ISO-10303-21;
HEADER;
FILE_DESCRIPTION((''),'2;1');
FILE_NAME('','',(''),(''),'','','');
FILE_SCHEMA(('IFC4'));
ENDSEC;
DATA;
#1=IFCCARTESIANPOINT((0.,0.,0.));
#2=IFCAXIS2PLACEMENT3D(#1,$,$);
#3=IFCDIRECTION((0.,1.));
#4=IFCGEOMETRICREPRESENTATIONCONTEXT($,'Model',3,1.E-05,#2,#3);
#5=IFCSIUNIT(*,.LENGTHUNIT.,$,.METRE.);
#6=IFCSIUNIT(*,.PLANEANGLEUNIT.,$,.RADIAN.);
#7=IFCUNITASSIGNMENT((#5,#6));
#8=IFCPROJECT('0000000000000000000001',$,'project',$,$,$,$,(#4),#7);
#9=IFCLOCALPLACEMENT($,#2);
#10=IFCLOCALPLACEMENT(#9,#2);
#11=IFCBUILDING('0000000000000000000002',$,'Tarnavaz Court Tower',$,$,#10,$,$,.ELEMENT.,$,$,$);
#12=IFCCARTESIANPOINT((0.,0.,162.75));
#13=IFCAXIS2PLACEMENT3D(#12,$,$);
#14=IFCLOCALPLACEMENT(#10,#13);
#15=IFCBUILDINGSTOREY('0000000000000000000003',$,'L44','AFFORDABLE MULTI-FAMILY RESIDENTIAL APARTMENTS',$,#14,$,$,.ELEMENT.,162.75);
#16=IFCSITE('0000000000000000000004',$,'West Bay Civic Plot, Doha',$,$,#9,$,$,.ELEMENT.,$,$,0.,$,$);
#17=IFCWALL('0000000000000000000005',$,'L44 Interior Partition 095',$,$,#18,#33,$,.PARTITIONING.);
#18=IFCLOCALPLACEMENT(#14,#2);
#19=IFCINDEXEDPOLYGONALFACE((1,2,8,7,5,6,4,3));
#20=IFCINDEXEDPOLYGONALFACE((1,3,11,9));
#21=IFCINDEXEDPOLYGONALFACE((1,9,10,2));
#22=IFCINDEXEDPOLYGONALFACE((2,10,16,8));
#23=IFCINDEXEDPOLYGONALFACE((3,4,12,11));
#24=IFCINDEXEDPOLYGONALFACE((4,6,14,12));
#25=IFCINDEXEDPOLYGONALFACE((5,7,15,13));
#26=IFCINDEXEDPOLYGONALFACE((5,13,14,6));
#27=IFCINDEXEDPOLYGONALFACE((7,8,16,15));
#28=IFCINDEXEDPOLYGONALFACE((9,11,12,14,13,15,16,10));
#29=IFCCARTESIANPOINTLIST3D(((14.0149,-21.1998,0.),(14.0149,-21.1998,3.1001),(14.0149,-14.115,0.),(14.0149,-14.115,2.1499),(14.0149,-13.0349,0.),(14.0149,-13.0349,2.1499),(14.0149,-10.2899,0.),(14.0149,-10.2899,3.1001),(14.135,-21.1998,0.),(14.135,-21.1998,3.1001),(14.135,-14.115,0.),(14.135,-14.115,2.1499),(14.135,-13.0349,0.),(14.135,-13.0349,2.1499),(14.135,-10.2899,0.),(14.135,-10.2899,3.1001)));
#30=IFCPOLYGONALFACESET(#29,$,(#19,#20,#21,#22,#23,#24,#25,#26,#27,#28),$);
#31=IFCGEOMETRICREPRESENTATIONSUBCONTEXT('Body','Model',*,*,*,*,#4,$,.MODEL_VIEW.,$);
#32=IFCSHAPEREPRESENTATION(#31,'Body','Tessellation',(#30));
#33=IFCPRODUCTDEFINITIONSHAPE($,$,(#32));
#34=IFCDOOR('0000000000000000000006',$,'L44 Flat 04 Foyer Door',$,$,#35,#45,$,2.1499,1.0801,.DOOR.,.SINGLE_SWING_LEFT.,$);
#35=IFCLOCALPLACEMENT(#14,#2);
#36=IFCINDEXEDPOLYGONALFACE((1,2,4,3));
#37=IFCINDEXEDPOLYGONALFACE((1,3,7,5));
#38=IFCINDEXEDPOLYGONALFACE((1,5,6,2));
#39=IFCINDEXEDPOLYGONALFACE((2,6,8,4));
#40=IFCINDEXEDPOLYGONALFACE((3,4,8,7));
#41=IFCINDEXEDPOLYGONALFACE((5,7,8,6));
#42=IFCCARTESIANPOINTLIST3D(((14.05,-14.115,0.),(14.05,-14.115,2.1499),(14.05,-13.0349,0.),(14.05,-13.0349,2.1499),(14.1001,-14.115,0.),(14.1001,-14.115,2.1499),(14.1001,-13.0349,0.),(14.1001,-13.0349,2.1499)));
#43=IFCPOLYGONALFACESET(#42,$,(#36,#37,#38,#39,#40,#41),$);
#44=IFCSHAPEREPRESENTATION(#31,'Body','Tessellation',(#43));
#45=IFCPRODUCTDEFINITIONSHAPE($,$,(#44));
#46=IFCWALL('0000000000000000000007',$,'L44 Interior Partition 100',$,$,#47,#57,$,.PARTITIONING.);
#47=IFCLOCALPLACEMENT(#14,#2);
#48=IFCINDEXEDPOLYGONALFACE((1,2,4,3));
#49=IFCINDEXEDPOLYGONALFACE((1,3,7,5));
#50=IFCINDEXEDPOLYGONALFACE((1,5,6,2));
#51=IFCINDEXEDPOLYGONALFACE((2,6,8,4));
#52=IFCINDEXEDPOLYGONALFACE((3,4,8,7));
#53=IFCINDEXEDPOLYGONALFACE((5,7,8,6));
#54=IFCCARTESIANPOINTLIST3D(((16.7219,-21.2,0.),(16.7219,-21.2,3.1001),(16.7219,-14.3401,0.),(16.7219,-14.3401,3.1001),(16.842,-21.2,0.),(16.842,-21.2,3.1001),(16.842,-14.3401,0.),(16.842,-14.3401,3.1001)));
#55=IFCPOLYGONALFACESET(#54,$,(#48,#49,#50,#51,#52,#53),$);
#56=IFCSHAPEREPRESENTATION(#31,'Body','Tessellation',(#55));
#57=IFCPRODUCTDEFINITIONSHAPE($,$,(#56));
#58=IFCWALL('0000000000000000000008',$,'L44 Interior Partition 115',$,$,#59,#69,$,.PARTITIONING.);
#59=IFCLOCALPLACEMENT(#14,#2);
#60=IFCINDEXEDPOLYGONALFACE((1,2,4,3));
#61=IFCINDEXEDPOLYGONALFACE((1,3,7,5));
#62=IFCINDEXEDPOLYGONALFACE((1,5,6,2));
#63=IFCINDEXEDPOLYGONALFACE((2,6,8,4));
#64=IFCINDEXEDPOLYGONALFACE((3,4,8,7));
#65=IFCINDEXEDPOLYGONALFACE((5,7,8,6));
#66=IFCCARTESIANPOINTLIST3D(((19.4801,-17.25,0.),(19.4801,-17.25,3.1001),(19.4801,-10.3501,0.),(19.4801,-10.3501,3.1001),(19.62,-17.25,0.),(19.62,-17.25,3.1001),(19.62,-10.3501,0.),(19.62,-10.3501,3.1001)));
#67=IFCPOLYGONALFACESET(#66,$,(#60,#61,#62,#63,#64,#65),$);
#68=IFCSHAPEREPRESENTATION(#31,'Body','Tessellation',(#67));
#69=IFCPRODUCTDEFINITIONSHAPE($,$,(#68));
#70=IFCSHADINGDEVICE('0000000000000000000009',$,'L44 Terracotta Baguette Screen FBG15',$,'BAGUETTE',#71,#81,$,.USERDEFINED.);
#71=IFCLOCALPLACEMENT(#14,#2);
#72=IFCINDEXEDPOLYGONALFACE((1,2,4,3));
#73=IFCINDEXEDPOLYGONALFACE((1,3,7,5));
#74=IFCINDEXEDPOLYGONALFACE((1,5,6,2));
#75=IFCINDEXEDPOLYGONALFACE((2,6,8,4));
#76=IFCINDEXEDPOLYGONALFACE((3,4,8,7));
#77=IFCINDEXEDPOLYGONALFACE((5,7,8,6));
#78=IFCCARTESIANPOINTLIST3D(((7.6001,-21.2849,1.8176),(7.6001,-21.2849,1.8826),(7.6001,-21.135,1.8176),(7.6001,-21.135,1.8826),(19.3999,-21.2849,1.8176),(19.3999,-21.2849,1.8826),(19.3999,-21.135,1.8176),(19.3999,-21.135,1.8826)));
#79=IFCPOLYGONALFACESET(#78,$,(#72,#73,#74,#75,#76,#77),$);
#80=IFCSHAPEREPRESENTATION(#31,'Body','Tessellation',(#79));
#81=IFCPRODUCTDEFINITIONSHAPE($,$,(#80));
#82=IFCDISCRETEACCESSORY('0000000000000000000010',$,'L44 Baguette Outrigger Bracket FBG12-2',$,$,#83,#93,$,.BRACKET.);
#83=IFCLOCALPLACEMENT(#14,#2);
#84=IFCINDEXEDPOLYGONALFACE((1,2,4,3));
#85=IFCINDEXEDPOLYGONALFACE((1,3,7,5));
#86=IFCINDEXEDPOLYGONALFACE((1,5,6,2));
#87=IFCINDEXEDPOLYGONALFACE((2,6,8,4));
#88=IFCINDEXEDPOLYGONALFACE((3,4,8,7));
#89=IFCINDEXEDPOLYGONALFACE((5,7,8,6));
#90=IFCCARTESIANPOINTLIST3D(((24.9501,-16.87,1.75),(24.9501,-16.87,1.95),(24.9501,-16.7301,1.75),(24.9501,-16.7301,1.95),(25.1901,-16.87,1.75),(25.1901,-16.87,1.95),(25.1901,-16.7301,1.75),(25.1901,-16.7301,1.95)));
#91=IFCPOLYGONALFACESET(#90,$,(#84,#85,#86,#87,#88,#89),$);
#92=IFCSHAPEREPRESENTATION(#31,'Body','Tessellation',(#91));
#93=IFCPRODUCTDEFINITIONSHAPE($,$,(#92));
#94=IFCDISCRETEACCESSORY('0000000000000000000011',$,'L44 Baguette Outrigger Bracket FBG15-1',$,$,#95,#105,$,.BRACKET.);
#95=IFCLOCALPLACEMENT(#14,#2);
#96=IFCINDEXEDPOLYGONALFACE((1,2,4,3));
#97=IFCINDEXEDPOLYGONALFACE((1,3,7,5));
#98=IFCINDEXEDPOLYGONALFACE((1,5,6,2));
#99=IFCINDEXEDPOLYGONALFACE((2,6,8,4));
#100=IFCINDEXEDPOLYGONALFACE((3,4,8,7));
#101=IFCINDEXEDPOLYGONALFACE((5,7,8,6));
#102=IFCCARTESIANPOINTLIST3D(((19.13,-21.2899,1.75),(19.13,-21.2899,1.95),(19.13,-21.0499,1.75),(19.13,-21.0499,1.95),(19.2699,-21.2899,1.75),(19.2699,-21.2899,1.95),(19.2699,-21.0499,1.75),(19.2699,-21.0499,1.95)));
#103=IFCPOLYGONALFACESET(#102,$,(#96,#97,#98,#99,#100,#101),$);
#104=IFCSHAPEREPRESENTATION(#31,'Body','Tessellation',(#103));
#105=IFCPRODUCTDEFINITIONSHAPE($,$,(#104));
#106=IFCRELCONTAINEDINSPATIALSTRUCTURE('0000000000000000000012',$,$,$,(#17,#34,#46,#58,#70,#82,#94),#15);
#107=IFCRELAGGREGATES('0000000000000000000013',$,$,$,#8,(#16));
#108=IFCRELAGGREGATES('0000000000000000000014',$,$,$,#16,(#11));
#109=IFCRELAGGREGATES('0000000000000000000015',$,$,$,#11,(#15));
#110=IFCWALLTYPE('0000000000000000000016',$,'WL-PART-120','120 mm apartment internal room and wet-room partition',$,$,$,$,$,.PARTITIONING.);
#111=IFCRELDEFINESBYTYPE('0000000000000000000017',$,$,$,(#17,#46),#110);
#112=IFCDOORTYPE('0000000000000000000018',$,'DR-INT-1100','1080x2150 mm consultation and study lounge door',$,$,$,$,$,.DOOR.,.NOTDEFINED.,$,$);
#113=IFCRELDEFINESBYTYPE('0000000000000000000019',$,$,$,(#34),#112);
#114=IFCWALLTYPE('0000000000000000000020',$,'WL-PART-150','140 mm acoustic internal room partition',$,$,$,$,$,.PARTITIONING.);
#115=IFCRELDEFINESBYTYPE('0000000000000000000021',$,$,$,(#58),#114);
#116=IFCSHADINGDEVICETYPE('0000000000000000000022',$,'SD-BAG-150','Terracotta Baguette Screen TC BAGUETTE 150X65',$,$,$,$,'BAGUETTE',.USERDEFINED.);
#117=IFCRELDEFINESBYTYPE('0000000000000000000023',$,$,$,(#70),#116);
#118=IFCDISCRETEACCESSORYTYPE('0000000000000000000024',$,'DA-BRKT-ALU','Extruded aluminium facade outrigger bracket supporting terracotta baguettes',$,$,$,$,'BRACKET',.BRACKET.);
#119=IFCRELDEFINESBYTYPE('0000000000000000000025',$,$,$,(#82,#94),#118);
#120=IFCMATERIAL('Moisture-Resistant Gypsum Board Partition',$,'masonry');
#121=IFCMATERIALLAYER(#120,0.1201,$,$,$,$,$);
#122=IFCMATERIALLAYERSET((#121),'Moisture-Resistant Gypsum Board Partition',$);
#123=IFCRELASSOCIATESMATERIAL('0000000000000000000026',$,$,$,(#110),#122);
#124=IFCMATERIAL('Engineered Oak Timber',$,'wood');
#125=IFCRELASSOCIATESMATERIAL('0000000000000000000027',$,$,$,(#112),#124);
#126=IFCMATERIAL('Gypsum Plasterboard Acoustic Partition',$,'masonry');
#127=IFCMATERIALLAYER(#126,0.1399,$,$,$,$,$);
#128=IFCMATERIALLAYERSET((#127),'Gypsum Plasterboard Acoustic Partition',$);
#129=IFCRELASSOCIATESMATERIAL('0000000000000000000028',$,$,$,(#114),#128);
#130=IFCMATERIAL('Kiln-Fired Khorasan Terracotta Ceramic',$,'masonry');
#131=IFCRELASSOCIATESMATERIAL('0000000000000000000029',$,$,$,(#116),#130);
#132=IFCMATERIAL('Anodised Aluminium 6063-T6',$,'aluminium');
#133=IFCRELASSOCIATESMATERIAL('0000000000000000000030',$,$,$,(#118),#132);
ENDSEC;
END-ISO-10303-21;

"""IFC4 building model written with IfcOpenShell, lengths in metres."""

from ifc_helpers import new_model, si_unit, direction, frame, frame_2d, origin, origin_2d, place, context, subcontext, project, spatial, rectangle, extrude, material, layer, layer_set, material_profile, profile_set, type_object, element, fill, save


model = new_model("IFC4")

# Units and contexts
model_context = context("Model", 3, precision=1e-05, world=origin(), true_north=direction((0.0, 1.0)))
body_context = subcontext(model_context, "Body", "Model", "MODEL_VIEW")
ifc_project = project(units=[si_unit("LENGTHUNIT", "METRE"), si_unit("PLANEANGLEUNIT", "RADIAN")], contexts=[model_context])

# Site, building, storey
site_placement = place(None, origin())
site = spatial("IfcSite", under=ifc_project, at=site_placement, Name="West Bay Civic Plot, Doha", CompositionType="ELEMENT", RefElevation=0.0)
building_placement = place(site_placement, origin())
building = spatial("IfcBuilding", under=site, at=building_placement, Name="Tarnavaz Court Tower", CompositionType="ELEMENT")
storey_placement = place(building_placement, frame((0.0, 0.0, 162.75)))
storey = spatial("IfcBuildingStorey", under=building, at=storey_placement, Name="L44", Description="AFFORDABLE MULTI-FAMILY RESIDENTIAL APARTMENTS", CompositionType="ELEMENT", Elevation=162.75)

# Wall, opening, door
ifc_material_1 = material(Name="Moisture-Resistant Gypsum Board Partition", Category="masonry")
ifc_layer_1 = layer(ifc_material_1, 0.1201)
ifc_layer_set_1 = layer_set([ifc_layer_1], Name="Moisture-Resistant Gypsum Board Partition")
wall_type_1 = type_object("IfcWallType", Name="WL-PART-120", Description="120 mm apartment internal room and wet-room partition", PredefinedType="PARTITIONING", material=ifc_layer_set_1)
wall_1_placement = place(storey_placement, frame((14.075, -21.2, 0.0), z_axis=(0.0, 0.0, 1.0), x_axis=(0.0, 1.0, 0.0)))
wall_1 = element("IfcWall", 1, at=wall_1_placement, inside=storey, type_object=wall_type_1, Name="L44 Interior Partition 095", PredefinedType="PARTITIONING", context=body_context, shape_type="SweptSolid", body=[
    extrude(rectangle(XDim=10.9099, YDim=0.1201, at=frame_2d((5.4551, 0.0))), origin(), (0.0, 0.0, 1.0), 3.1001),
])
opening_1_placement = place(wall_1_placement, frame((7.085, 0.0, 0.0)))
opening_1 = element("IfcOpeningElement", 2, at=opening_1_placement, cuts=wall_1, PredefinedType="OPENING", context=body_context, shape_type="SweptSolid", body=[
    extrude(rectangle(XDim=1.0801, YDim=2.1499, at=frame_2d((0.54, 1.075))), frame((0.0, 0.0701, 0.0), z_axis=(0.0, -1.0, 0.0), x_axis=(1.0, 0.0, 0.0)), (0.0, 0.0, 1.0), 0.1401),
])
ifc_material_2 = material(Name="Engineered Oak Timber", Category="wood")
door_type = type_object("IfcDoorType", Name="DR-INT-1100", Description="1080x2150 mm consultation and study lounge door", OperationType="NOTDEFINED", PredefinedType="DOOR", material=ifc_material_2)
door_placement = place(opening_1_placement, origin())
door = element("IfcDoor", 3, at=door_placement, inside=storey, type_object=door_type, Name="L44 Flat 04 Foyer Door", OperationType="SINGLE_SWING_LEFT", OverallHeight=2.1499, OverallWidth=1.0801, PredefinedType="DOOR", context=body_context, shape_type="SweptSolid", body=[
    extrude(rectangle(XDim=1.0801, YDim=2.1499, at=frame_2d((0.54, 1.075))), frame((0.0, 0.0249, 0.0), z_axis=(0.0, -1.0, 0.0), x_axis=(1.0, 0.0, 0.0)), (0.0, 0.0, 1.0), 0.05),
])
fill(opening_1, door)

# Walls
wall_2_placement = place(storey_placement, frame((16.782, -21.2, 0.0), z_axis=(0.0, 0.0, 1.0), x_axis=(0.0, 1.0, 0.0)))
element("IfcWall", 4, at=wall_2_placement, inside=storey, type_object=wall_type_1, Name="L44 Interior Partition 100", PredefinedType="PARTITIONING", context=body_context, shape_type="SweptSolid", body=[
    extrude(rectangle(XDim=6.8599, YDim=0.1201, at=frame_2d((3.4299, 0.0))), origin(), (0.0, 0.0, 1.0), 3.1001),
])
ifc_material_3 = material(Name="Gypsum Plasterboard Acoustic Partition", Category="masonry")
ifc_layer_2 = layer(ifc_material_3, 0.1399)
ifc_layer_set_2 = layer_set([ifc_layer_2], Name="Gypsum Plasterboard Acoustic Partition")
wall_type_2 = type_object("IfcWallType", Name="WL-PART-150", Description="140 mm acoustic internal room partition", PredefinedType="PARTITIONING", material=ifc_layer_set_2)
wall_3_placement = place(storey_placement, frame((19.55, -17.25, 0.0), z_axis=(0.0, 0.0, 1.0), x_axis=(0.0, 1.0, 0.0)))
element("IfcWall", 5, at=wall_3_placement, inside=storey, type_object=wall_type_2, Name="L44 Interior Partition 115", PredefinedType="PARTITIONING", context=body_context, shape_type="SweptSolid", body=[
    extrude(rectangle(XDim=6.8999, YDim=0.1399, at=frame_2d((3.45, 0.0))), origin(), (0.0, 0.0, 1.0), 3.1001),
])

# Shading device
ifc_material_4 = material(Name="Kiln-Fired Khorasan Terracotta Ceramic", Category="masonry")
ifc_material_profile_1 = material_profile(ifc_material_4, rectangle(XDim=0.1499, YDim=0.0649, at=origin_2d()), Name="TC BAGUETTE 150X65")
ifc_profile_set_1 = profile_set([ifc_material_profile_1], Name="Kiln-Fired Khorasan Terracotta Ceramic")
shading_device_type = type_object("IfcShadingDeviceType", Name="SD-BAG-150", Description="Terracotta Baguette Screen TC BAGUETTE 150X65", ElementType="BAGUETTE", PredefinedType="USERDEFINED", material=ifc_profile_set_1)
shading_device_placement = place(storey_placement, frame((19.3999, -21.21, 1.8501), z_axis=(-1.0, 0.0, 0.0), x_axis=(0.0, -1.0, 0.0)))
element("IfcShadingDevice", 6, at=shading_device_placement, inside=storey, type_object=shading_device_type, Name="L44 Terracotta Baguette Screen FBG15", ObjectType="BAGUETTE", PredefinedType="USERDEFINED", context=body_context, shape_type="SweptSolid", body=[
    extrude(rectangle(XDim=0.1499, YDim=0.0649, at=origin_2d()), origin(), (0.0, 0.0, 1.0), 11.7998),
])

# Discrete accessories
ifc_material_5 = material(Name="Anodised Aluminium 6063-T6", Category="aluminium")
discrete_accessory_type = type_object("IfcDiscreteAccessoryType", Name="DA-BRKT-ALU", Description="Extruded aluminium facade outrigger bracket supporting terracotta baguettes", ElementType="BRACKET", PredefinedType="BRACKET", material=ifc_material_5)
for number, where, z_axis, x_axis, name in (
    (7, (25.0701, -16.8, 1.75), (0.0, 0.0, 1.0), (0.0, -1.0, 0.0), "L44 Baguette Outrigger Bracket FBG12-2"),
    (8, (19.2, -21.1699, 1.75), (0.0, 0.0, 1.0), (-1.0, 0.0, 0.0), "L44 Baguette Outrigger Bracket FBG15-1"),
):
    element("IfcDiscreteAccessory", number, at=place(storey_placement, frame(where, z_axis=z_axis, x_axis=x_axis)), inside=storey, type_object=discrete_accessory_type, Name=name, PredefinedType="BRACKET", context=body_context, shape_type="SweptSolid", body=[
        extrude(rectangle(XDim=0.1399, YDim=0.24, at=origin_2d()), origin(), (0.0, 0.0, 1.0), 0.2),
    ])

save(model, "model.ifc")
